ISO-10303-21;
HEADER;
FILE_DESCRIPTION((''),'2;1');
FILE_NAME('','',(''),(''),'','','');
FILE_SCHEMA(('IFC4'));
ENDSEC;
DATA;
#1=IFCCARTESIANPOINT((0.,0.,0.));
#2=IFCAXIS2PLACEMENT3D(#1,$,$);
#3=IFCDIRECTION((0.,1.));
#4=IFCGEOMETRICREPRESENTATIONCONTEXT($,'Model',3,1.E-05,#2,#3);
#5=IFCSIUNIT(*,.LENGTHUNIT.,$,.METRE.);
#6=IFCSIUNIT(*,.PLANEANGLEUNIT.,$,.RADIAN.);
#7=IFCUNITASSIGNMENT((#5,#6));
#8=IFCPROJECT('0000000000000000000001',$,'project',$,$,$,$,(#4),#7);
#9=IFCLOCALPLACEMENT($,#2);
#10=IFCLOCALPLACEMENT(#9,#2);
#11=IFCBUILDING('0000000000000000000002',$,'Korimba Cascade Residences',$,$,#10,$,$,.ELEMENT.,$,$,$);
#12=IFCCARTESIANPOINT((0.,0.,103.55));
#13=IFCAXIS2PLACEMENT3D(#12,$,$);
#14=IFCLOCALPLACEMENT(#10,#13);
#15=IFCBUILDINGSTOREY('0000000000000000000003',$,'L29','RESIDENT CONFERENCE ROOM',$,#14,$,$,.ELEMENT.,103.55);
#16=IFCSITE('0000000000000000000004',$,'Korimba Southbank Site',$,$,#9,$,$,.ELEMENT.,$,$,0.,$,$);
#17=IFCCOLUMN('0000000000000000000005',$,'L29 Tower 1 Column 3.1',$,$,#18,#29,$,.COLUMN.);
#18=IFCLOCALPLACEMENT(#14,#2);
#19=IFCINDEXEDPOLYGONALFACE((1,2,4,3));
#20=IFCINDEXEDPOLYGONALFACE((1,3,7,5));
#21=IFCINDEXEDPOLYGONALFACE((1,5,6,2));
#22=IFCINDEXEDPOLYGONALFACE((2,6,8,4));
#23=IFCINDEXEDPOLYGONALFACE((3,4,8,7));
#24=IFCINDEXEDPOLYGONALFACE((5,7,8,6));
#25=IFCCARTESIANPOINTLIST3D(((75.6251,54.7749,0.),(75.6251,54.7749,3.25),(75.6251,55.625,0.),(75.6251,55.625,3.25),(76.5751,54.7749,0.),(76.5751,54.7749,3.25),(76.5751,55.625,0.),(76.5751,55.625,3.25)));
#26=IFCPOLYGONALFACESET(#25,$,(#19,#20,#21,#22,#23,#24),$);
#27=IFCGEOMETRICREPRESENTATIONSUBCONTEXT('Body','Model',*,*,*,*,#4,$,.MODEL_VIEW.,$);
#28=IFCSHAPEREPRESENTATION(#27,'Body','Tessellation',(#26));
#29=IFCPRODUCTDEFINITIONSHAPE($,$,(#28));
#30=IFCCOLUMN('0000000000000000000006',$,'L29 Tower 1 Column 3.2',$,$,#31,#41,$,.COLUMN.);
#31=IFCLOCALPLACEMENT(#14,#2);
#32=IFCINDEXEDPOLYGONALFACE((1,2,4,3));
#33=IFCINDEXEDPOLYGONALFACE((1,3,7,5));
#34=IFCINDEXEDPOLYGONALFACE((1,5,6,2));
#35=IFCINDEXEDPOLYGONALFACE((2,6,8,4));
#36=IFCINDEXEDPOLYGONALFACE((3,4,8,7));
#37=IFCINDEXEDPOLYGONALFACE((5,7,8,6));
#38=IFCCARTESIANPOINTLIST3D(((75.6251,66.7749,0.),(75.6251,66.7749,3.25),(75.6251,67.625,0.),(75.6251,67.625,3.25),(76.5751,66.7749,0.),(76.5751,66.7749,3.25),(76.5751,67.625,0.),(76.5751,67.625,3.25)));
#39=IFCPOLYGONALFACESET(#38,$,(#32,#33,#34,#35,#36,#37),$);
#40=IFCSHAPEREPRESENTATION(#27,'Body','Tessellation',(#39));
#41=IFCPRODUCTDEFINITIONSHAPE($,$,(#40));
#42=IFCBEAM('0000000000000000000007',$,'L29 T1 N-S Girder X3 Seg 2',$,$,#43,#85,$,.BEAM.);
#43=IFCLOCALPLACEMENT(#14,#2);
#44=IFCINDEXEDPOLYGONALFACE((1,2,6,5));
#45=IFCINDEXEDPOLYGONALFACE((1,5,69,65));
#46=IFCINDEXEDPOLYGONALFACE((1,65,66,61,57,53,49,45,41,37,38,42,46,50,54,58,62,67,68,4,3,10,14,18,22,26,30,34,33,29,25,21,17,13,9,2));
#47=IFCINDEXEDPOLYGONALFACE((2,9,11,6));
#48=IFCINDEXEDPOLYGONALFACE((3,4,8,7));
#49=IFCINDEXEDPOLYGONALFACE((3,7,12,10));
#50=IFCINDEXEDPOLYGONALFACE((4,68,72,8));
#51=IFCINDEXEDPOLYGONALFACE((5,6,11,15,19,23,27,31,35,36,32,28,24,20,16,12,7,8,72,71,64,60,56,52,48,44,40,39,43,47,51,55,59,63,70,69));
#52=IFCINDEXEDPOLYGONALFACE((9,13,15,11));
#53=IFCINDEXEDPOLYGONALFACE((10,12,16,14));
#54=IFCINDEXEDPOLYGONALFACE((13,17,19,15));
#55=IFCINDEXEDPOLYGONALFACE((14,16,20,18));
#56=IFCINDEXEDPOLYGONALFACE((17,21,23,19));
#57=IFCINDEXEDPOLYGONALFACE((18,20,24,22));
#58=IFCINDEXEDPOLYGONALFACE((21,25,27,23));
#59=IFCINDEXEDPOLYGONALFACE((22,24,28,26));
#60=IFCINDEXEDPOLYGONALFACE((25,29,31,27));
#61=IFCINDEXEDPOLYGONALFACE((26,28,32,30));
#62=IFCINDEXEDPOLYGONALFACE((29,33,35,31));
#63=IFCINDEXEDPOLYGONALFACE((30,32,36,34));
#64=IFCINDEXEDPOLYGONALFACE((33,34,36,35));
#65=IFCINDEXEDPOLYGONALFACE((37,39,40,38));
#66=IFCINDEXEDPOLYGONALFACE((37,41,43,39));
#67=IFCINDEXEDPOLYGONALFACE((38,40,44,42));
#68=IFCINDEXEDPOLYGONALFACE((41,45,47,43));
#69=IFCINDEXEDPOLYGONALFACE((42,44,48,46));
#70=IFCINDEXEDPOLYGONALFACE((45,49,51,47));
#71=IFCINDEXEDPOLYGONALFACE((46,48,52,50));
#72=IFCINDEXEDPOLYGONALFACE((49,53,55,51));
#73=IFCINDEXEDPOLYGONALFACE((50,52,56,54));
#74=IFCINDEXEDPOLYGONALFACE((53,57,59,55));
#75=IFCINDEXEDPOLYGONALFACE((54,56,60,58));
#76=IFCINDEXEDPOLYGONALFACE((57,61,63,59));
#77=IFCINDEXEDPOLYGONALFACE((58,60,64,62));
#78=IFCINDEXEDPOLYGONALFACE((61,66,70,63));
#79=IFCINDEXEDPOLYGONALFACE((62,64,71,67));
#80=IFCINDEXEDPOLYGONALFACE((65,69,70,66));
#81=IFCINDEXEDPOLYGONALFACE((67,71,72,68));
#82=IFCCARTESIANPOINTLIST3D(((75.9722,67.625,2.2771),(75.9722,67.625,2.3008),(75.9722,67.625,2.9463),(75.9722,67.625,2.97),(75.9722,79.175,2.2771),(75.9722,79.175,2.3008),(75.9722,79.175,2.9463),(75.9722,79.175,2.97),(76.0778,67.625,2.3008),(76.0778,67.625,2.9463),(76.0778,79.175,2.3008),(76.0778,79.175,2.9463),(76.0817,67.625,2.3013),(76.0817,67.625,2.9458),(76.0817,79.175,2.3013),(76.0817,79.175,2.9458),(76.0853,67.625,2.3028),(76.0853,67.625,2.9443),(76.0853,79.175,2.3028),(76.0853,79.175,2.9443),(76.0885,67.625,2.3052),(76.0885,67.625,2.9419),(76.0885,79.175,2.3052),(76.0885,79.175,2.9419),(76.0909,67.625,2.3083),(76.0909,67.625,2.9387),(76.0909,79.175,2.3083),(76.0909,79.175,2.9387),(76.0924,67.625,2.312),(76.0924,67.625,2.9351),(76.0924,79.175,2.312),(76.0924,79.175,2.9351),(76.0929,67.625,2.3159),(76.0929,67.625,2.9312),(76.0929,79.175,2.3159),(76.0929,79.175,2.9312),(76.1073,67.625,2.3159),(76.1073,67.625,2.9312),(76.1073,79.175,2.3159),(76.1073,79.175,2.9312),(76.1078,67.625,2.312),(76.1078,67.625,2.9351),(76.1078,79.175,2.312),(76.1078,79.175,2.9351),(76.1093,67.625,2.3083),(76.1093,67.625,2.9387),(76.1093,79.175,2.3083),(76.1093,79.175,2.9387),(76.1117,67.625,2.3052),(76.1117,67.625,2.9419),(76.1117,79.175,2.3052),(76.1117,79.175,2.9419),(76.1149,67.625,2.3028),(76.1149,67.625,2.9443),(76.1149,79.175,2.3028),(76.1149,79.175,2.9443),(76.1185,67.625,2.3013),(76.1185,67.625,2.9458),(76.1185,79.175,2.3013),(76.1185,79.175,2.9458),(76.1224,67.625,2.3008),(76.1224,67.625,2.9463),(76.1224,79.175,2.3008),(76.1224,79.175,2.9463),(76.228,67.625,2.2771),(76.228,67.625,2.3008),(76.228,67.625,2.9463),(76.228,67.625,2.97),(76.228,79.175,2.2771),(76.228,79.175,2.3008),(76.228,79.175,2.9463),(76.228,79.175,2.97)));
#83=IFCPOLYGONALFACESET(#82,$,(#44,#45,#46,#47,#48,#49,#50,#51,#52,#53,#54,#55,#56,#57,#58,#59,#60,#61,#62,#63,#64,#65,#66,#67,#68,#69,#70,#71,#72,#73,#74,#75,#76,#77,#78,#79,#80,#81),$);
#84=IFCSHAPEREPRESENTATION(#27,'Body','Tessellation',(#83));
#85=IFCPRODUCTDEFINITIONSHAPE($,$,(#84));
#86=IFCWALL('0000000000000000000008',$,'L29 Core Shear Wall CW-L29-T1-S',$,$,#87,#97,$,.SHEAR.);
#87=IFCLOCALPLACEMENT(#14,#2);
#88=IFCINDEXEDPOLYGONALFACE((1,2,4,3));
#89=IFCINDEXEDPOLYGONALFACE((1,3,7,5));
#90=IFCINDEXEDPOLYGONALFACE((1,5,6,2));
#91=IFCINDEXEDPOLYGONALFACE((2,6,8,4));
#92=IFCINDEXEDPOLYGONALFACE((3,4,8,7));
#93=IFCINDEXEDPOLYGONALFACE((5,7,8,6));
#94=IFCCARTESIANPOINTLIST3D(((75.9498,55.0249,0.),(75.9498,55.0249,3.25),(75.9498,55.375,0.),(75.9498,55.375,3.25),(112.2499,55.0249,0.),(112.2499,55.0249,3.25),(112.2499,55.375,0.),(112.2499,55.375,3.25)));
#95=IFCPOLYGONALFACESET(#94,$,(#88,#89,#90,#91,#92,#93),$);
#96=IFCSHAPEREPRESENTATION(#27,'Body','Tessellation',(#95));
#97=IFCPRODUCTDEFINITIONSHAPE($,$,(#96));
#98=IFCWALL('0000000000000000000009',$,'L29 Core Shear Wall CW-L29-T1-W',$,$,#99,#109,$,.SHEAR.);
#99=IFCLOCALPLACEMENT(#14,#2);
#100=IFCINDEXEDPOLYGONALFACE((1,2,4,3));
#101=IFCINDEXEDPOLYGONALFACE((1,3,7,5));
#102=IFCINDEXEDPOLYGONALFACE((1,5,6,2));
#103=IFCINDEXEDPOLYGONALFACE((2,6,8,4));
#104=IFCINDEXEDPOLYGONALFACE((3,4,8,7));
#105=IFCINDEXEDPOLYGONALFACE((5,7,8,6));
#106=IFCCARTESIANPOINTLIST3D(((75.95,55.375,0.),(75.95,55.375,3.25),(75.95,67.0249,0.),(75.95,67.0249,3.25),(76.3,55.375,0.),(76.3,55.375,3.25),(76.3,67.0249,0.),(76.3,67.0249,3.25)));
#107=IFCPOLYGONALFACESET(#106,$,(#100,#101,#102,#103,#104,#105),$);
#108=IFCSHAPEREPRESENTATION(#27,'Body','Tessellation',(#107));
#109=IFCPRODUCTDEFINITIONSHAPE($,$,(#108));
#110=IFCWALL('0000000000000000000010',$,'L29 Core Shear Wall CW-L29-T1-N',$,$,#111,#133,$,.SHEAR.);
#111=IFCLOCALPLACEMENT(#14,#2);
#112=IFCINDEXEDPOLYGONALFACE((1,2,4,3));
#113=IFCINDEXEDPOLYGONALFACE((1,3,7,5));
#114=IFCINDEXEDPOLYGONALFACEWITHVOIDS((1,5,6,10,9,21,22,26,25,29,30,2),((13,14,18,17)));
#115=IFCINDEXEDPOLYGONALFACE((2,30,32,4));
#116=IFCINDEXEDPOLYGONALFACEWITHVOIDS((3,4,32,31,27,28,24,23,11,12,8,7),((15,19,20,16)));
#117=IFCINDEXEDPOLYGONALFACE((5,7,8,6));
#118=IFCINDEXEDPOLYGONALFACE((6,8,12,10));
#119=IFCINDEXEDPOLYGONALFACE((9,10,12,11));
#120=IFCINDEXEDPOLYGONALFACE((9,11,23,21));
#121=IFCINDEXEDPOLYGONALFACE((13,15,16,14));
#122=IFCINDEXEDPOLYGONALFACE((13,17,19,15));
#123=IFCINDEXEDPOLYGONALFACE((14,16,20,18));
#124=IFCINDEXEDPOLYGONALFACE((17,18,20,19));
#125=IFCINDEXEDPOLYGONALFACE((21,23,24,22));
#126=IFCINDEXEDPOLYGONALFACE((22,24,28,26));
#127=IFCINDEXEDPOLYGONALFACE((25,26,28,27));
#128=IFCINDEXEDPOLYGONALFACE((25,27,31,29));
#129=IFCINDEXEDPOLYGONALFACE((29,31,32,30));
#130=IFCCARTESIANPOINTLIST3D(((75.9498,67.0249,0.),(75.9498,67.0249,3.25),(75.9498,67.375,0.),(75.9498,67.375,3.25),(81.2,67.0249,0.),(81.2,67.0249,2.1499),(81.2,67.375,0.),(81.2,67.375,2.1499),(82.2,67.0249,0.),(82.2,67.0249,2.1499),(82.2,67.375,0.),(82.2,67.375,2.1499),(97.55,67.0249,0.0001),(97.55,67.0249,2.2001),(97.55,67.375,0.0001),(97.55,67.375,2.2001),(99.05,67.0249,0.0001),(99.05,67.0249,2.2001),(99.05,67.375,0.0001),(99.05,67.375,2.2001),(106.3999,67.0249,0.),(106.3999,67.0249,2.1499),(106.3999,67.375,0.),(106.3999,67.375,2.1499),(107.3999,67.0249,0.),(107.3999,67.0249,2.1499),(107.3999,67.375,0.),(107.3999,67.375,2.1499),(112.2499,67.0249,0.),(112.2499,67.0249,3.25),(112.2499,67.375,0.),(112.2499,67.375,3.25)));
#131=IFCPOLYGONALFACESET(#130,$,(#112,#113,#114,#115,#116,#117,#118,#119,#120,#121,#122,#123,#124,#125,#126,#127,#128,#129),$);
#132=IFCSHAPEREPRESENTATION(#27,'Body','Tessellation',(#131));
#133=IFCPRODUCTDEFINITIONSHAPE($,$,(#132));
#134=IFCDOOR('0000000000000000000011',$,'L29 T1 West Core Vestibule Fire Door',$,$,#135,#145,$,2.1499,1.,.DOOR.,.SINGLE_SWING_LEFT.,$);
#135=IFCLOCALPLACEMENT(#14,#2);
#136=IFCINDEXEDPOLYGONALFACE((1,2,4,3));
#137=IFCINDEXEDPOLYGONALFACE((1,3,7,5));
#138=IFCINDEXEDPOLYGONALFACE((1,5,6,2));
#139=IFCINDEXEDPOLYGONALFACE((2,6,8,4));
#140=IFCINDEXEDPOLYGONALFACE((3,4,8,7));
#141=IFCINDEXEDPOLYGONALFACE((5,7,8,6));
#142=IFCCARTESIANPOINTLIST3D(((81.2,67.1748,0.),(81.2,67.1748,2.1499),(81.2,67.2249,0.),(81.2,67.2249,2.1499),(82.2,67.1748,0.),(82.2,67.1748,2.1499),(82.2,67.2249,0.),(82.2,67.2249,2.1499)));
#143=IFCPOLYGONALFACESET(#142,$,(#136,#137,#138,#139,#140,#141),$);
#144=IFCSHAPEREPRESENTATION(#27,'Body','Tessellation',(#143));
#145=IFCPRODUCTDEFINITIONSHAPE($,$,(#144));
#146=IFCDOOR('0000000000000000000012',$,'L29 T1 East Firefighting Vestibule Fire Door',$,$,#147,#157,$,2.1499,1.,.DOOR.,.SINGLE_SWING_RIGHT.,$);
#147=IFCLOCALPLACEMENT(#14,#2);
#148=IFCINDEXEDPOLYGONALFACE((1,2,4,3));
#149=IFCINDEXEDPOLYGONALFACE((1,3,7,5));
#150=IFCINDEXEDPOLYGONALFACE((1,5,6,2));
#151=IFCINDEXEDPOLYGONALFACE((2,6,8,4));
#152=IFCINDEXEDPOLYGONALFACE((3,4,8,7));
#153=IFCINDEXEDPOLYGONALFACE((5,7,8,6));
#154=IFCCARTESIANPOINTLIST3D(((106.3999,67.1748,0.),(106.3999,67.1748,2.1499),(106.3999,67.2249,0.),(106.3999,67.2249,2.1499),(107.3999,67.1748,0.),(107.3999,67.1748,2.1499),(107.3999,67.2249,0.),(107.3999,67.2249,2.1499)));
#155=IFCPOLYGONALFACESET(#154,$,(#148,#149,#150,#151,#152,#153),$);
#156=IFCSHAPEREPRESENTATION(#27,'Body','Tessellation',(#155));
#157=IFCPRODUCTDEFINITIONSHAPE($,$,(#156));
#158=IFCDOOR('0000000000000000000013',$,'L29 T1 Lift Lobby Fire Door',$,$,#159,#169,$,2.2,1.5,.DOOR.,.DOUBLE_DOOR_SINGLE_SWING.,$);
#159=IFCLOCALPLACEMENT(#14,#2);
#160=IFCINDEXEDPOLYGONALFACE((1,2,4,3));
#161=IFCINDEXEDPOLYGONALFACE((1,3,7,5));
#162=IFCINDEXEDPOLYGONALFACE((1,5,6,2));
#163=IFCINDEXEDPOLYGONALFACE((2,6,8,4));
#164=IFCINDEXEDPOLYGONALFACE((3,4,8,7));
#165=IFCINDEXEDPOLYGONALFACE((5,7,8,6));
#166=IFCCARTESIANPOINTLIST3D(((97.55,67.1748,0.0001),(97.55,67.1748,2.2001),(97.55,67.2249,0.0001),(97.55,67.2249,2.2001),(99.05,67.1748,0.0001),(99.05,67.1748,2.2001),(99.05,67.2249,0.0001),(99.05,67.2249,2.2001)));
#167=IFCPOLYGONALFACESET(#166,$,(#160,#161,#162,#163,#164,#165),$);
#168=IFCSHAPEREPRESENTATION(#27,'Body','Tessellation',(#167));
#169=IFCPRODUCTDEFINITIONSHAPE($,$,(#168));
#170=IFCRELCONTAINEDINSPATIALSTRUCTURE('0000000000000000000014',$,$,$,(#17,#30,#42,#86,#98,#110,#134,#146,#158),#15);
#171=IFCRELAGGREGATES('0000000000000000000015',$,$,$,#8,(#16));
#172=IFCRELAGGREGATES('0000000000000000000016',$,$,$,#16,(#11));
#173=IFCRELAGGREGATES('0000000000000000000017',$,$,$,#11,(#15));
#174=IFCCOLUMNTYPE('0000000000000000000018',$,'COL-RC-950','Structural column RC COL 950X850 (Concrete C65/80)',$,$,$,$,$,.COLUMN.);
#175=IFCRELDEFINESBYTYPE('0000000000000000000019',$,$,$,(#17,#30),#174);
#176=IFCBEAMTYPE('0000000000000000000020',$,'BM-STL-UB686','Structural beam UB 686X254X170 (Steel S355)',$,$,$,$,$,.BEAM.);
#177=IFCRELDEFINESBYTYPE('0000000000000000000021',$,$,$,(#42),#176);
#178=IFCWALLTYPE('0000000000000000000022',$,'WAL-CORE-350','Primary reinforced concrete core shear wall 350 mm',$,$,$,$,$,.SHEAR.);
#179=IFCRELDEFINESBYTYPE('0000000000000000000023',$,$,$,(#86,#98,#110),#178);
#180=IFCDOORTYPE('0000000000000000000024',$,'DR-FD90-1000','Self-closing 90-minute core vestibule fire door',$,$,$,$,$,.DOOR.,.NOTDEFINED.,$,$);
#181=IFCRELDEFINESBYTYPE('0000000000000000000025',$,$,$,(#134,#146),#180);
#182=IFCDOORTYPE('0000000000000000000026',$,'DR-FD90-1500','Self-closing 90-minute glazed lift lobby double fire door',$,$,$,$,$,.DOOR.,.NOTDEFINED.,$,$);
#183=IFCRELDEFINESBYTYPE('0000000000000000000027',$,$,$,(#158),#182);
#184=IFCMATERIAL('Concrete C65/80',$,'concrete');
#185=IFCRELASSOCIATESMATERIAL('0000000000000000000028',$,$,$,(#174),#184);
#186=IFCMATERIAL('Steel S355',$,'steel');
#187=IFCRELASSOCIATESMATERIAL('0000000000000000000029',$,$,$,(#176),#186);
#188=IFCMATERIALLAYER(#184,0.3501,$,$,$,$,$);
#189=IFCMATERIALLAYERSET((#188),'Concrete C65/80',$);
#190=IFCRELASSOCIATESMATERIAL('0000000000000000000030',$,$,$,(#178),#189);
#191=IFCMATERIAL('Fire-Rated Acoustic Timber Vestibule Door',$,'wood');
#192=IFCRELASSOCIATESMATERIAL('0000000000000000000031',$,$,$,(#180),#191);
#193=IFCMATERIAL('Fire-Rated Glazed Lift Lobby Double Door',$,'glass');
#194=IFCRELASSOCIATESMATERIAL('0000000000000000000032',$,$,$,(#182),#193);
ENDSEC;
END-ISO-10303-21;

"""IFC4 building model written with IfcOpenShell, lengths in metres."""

from ifc_helpers import new_model, si_unit, direction, frame, frame_2d, origin, origin_2d, place, context, subcontext, project, spatial, rectangle, i_section, extrude, material, layer, layer_set, material_profile, profile_set, type_object, element, fill, save


model = new_model("IFC4")

# Units and contexts
model_context = context("Model", 3, precision=1e-05, world=origin(), true_north=direction((0.0, 1.0)))
body_context = subcontext(model_context, "Body", "Model", "MODEL_VIEW")
ifc_project = project(units=[si_unit("LENGTHUNIT", "METRE"), si_unit("PLANEANGLEUNIT", "RADIAN")], contexts=[model_context])

# Site, building, storey
site_placement = place(None, origin())
site = spatial("IfcSite", under=ifc_project, at=site_placement, Name="Korimba Southbank Site", CompositionType="ELEMENT", RefElevation=0.0)
building_placement = place(site_placement, origin())
building = spatial("IfcBuilding", under=site, at=building_placement, Name="Korimba Cascade Residences", CompositionType="ELEMENT")
storey_placement = place(building_placement, frame((0.0, 0.0, 103.55)))
storey = spatial("IfcBuildingStorey", under=building, at=storey_placement, Name="L29", Description="RESIDENT CONFERENCE ROOM", CompositionType="ELEMENT", Elevation=103.55)

# Columns
ifc_material_1 = material(Name="Concrete C65/80", Category="concrete")
ifc_material_profile_1 = material_profile(ifc_material_1, rectangle(XDim=0.95, YDim=0.8501, at=origin_2d()), Name="Concrete C65/80")
ifc_profile_set_1 = profile_set([ifc_material_profile_1], Name="Concrete C65/80")
column_type = type_object("IfcColumnType", Name="COL-RC-950", Description="Structural column RC COL 950X850 (Concrete C65/80)", PredefinedType="COLUMN", material=ifc_profile_set_1)
for number, where, z_axis, x_axis, name in (
    (1, (76.1001, 55.2, 0.0), (0.0, 0.0, 1.0), (1.0, 0.0, 0.0), "L29 Tower 1 Column 3.1"),
    (2, (76.1001, 67.2, 0.0), (0.0, 0.0, 1.0), (1.0, 0.0, 0.0), "L29 Tower 1 Column 3.2"),
):
    element("IfcColumn", number, at=place(storey_placement, frame(where, z_axis=z_axis, x_axis=x_axis)), inside=storey, type_object=column_type, Name=name, PredefinedType="COLUMN", context=body_context, shape_type="SweptSolid", body=[
        extrude(rectangle(XDim=0.95, YDim=0.8501, at=origin_2d()), origin(), (0.0, 0.0, 1.0), 3.25),
    ])

# Beam
ifc_material_2 = material(Name="Steel S355", Category="steel")
ifc_material_profile_2 = material_profile(ifc_material_2, i_section(OverallWidth=0.2559, OverallDepth=0.6929, WebThickness=0.0144, FlangeThickness=0.0237, FilletRadius=0.0151, at=origin_2d()), Name="Steel S355")
ifc_profile_set_2 = profile_set([ifc_material_profile_2], Name="Steel S355")
beam_type = type_object("IfcBeamType", Name="BM-STL-UB686", Description="Structural beam UB 686X254X170 (Steel S355)", PredefinedType="BEAM", material=ifc_profile_set_2)
beam_placement = place(storey_placement, frame((76.1001, 67.625, 2.6235), z_axis=(0.0, 1.0, 0.0), x_axis=(-1.0, 0.0, 0.0)))
element("IfcBeam", 3, at=beam_placement, inside=storey, type_object=beam_type, Name="L29 T1 N-S Girder X3 Seg 2", PredefinedType="BEAM", context=body_context, shape_type="SweptSolid", body=[
    extrude(i_section(OverallWidth=0.2559, OverallDepth=0.6929, WebThickness=0.0144, FlangeThickness=0.0237, FilletRadius=0.0151, at=origin_2d()), origin(), (0.0, 0.0, 1.0), 11.55),
])

# Walls
ifc_layer_1 = layer(ifc_material_1, 0.3501)
ifc_layer_set_1 = layer_set([ifc_layer_1], Name="Concrete C65/80")
wall_type_1 = type_object("IfcWallType", Name="WAL-CORE-350", Description="Primary reinforced concrete core shear wall 350 mm", PredefinedType="SHEAR", material=ifc_layer_set_1)
wall_1_placement = place(storey_placement, frame((75.95, 55.2, 0.0), z_axis=(0.0, 0.0, 1.0), x_axis=(1.0, 0.0, 0.0)))
element("IfcWall", 4, at=wall_1_placement, inside=storey, type_object=wall_type_1, Name="L29 Core Shear Wall CW-L29-T1-S", PredefinedType="SHEAR", context=body_context, shape_type="SweptSolid", body=[
    extrude(rectangle(XDim=36.3, YDim=0.3501, at=frame_2d((18.1499, 0.0))), origin(), (0.0, 0.0, 1.0), 3.25),
])
wall_2_placement = place(storey_placement, frame((76.125, 55.375, 0.0), z_axis=(0.0, 0.0, 1.0), x_axis=(0.0, 1.0, 0.0)))
element("IfcWall", 5, at=wall_2_placement, inside=storey, type_object=wall_type_1, Name="L29 Core Shear Wall CW-L29-T1-W", PredefinedType="SHEAR", context=body_context, shape_type="SweptSolid", body=[
    extrude(rectangle(XDim=11.6499, YDim=0.3501, at=frame_2d((5.825, 0.0))), origin(), (0.0, 0.0, 1.0), 3.25),
])

# Wall, openings, doors
wall_3_placement = place(storey_placement, frame((75.95, 67.2, 0.0), z_axis=(0.0, 0.0, 1.0), x_axis=(1.0, 0.0, 0.0)))
wall_3 = element("IfcWall", 6, at=wall_3_placement, inside=storey, type_object=wall_type_1, Name="L29 Core Shear Wall CW-L29-T1-N", PredefinedType="SHEAR", context=body_context, shape_type="SweptSolid", body=[
    extrude(rectangle(XDim=36.3, YDim=0.3501, at=frame_2d((18.1499, 0.0))), origin(), (0.0, 0.0, 1.0), 3.25),
])
opening_1_placement = place(wall_3_placement, frame((5.25, 0.0, 0.0)))
opening_1 = element("IfcOpeningElement", 7, at=opening_1_placement, cuts=wall_3, PredefinedType="OPENING", context=body_context, shape_type="SweptSolid", body=[
    extrude(rectangle(XDim=1.0, YDim=2.1499, at=frame_2d((0.5, 1.075))), frame((0.0, 0.1851, 0.0), z_axis=(0.0, -1.0, 0.0), x_axis=(1.0, 0.0, 0.0)), (0.0, 0.0, 1.0), 0.3701),
])
opening_2_placement = place(wall_3_placement, frame((21.6001, 0.0, 0.0)))
opening_2 = element("IfcOpeningElement", 8, at=opening_2_placement, cuts=wall_3, PredefinedType="OPENING", context=body_context, shape_type="SweptSolid", body=[
    extrude(rectangle(XDim=1.5, YDim=2.2, at=frame_2d((0.75, 1.1001))), frame((0.0, 0.1851, 0.0), z_axis=(0.0, -1.0, 0.0), x_axis=(1.0, 0.0, 0.0)), (0.0, 0.0, 1.0), 0.3701),
])
opening_3_placement = place(wall_3_placement, frame((30.45, 0.0, 0.0)))
opening_3 = element("IfcOpeningElement", 9, at=opening_3_placement, cuts=wall_3, PredefinedType="OPENING", context=body_context, shape_type="SweptSolid", body=[
    extrude(rectangle(XDim=1.0, YDim=2.1499, at=frame_2d((0.5, 1.075))), frame((0.0, 0.1851, 0.0), z_axis=(0.0, -1.0, 0.0), x_axis=(1.0, 0.0, 0.0)), (0.0, 0.0, 1.0), 0.3701),
])
ifc_material_3 = material(Name="Fire-Rated Acoustic Timber Vestibule Door", Category="wood")
door_type_1 = type_object("IfcDoorType", Name="DR-FD90-1000", Description="Self-closing 90-minute core vestibule fire door", OperationType="NOTDEFINED", PredefinedType="DOOR", material=ifc_material_3)
door_1_placement = place(opening_1_placement, origin())
door_1 = element("IfcDoor", 10, at=door_1_placement, inside=storey, type_object=door_type_1, Name="L29 T1 West Core Vestibule Fire Door", OperationType="SINGLE_SWING_LEFT", OverallHeight=2.1499, OverallWidth=1.0, PredefinedType="DOOR", context=body_context, shape_type="SweptSolid", body=[
    extrude(rectangle(XDim=1.0, YDim=2.1499, at=frame_2d((0.5, 1.075))), frame((0.0, 0.0249, 0.0), z_axis=(0.0, -1.0, 0.0), x_axis=(1.0, 0.0, 0.0)), (0.0, 0.0, 1.0), 0.05),
])
fill(opening_1, door_1)
door_2_placement = place(opening_3_placement, origin())
door_2 = element("IfcDoor", 11, at=door_2_placement, inside=storey, type_object=door_type_1, Name="L29 T1 East Firefighting Vestibule Fire Door", OperationType="SINGLE_SWING_RIGHT", OverallHeight=2.1499, OverallWidth=1.0, PredefinedType="DOOR", context=body_context, shape_type="SweptSolid", body=[
    extrude(rectangle(XDim=1.0, YDim=2.1499, at=frame_2d((0.5, 1.075))), frame((0.0, 0.0249, 0.0), z_axis=(0.0, -1.0, 0.0), x_axis=(1.0, 0.0, 0.0)), (0.0, 0.0, 1.0), 0.05),
])
fill(opening_3, door_2)
ifc_material_4 = material(Name="Fire-Rated Glazed Lift Lobby Double Door", Category="glass")
door_type_2 = type_object("IfcDoorType", Name="DR-FD90-1500", Description="Self-closing 90-minute glazed lift lobby double fire door", OperationType="NOTDEFINED", PredefinedType="DOOR", material=ifc_material_4)
door_3_placement = place(opening_2_placement, origin())
door_3 = element("IfcDoor", 12, at=door_3_placement, inside=storey, type_object=door_type_2, Name="L29 T1 Lift Lobby Fire Door", OperationType="DOUBLE_DOOR_SINGLE_SWING", OverallHeight=2.2, OverallWidth=1.5, PredefinedType="DOOR", context=body_context, shape_type="SweptSolid", body=[
    extrude(rectangle(XDim=1.5, YDim=2.2, at=frame_2d((0.75, 1.1001))), frame((0.0, 0.0249, 0.0), z_axis=(0.0, -1.0, 0.0), x_axis=(1.0, 0.0, 0.0)), (0.0, 0.0, 1.0), 0.05),
])
fill(opening_2, door_3)

save(model, "model.ifc")
